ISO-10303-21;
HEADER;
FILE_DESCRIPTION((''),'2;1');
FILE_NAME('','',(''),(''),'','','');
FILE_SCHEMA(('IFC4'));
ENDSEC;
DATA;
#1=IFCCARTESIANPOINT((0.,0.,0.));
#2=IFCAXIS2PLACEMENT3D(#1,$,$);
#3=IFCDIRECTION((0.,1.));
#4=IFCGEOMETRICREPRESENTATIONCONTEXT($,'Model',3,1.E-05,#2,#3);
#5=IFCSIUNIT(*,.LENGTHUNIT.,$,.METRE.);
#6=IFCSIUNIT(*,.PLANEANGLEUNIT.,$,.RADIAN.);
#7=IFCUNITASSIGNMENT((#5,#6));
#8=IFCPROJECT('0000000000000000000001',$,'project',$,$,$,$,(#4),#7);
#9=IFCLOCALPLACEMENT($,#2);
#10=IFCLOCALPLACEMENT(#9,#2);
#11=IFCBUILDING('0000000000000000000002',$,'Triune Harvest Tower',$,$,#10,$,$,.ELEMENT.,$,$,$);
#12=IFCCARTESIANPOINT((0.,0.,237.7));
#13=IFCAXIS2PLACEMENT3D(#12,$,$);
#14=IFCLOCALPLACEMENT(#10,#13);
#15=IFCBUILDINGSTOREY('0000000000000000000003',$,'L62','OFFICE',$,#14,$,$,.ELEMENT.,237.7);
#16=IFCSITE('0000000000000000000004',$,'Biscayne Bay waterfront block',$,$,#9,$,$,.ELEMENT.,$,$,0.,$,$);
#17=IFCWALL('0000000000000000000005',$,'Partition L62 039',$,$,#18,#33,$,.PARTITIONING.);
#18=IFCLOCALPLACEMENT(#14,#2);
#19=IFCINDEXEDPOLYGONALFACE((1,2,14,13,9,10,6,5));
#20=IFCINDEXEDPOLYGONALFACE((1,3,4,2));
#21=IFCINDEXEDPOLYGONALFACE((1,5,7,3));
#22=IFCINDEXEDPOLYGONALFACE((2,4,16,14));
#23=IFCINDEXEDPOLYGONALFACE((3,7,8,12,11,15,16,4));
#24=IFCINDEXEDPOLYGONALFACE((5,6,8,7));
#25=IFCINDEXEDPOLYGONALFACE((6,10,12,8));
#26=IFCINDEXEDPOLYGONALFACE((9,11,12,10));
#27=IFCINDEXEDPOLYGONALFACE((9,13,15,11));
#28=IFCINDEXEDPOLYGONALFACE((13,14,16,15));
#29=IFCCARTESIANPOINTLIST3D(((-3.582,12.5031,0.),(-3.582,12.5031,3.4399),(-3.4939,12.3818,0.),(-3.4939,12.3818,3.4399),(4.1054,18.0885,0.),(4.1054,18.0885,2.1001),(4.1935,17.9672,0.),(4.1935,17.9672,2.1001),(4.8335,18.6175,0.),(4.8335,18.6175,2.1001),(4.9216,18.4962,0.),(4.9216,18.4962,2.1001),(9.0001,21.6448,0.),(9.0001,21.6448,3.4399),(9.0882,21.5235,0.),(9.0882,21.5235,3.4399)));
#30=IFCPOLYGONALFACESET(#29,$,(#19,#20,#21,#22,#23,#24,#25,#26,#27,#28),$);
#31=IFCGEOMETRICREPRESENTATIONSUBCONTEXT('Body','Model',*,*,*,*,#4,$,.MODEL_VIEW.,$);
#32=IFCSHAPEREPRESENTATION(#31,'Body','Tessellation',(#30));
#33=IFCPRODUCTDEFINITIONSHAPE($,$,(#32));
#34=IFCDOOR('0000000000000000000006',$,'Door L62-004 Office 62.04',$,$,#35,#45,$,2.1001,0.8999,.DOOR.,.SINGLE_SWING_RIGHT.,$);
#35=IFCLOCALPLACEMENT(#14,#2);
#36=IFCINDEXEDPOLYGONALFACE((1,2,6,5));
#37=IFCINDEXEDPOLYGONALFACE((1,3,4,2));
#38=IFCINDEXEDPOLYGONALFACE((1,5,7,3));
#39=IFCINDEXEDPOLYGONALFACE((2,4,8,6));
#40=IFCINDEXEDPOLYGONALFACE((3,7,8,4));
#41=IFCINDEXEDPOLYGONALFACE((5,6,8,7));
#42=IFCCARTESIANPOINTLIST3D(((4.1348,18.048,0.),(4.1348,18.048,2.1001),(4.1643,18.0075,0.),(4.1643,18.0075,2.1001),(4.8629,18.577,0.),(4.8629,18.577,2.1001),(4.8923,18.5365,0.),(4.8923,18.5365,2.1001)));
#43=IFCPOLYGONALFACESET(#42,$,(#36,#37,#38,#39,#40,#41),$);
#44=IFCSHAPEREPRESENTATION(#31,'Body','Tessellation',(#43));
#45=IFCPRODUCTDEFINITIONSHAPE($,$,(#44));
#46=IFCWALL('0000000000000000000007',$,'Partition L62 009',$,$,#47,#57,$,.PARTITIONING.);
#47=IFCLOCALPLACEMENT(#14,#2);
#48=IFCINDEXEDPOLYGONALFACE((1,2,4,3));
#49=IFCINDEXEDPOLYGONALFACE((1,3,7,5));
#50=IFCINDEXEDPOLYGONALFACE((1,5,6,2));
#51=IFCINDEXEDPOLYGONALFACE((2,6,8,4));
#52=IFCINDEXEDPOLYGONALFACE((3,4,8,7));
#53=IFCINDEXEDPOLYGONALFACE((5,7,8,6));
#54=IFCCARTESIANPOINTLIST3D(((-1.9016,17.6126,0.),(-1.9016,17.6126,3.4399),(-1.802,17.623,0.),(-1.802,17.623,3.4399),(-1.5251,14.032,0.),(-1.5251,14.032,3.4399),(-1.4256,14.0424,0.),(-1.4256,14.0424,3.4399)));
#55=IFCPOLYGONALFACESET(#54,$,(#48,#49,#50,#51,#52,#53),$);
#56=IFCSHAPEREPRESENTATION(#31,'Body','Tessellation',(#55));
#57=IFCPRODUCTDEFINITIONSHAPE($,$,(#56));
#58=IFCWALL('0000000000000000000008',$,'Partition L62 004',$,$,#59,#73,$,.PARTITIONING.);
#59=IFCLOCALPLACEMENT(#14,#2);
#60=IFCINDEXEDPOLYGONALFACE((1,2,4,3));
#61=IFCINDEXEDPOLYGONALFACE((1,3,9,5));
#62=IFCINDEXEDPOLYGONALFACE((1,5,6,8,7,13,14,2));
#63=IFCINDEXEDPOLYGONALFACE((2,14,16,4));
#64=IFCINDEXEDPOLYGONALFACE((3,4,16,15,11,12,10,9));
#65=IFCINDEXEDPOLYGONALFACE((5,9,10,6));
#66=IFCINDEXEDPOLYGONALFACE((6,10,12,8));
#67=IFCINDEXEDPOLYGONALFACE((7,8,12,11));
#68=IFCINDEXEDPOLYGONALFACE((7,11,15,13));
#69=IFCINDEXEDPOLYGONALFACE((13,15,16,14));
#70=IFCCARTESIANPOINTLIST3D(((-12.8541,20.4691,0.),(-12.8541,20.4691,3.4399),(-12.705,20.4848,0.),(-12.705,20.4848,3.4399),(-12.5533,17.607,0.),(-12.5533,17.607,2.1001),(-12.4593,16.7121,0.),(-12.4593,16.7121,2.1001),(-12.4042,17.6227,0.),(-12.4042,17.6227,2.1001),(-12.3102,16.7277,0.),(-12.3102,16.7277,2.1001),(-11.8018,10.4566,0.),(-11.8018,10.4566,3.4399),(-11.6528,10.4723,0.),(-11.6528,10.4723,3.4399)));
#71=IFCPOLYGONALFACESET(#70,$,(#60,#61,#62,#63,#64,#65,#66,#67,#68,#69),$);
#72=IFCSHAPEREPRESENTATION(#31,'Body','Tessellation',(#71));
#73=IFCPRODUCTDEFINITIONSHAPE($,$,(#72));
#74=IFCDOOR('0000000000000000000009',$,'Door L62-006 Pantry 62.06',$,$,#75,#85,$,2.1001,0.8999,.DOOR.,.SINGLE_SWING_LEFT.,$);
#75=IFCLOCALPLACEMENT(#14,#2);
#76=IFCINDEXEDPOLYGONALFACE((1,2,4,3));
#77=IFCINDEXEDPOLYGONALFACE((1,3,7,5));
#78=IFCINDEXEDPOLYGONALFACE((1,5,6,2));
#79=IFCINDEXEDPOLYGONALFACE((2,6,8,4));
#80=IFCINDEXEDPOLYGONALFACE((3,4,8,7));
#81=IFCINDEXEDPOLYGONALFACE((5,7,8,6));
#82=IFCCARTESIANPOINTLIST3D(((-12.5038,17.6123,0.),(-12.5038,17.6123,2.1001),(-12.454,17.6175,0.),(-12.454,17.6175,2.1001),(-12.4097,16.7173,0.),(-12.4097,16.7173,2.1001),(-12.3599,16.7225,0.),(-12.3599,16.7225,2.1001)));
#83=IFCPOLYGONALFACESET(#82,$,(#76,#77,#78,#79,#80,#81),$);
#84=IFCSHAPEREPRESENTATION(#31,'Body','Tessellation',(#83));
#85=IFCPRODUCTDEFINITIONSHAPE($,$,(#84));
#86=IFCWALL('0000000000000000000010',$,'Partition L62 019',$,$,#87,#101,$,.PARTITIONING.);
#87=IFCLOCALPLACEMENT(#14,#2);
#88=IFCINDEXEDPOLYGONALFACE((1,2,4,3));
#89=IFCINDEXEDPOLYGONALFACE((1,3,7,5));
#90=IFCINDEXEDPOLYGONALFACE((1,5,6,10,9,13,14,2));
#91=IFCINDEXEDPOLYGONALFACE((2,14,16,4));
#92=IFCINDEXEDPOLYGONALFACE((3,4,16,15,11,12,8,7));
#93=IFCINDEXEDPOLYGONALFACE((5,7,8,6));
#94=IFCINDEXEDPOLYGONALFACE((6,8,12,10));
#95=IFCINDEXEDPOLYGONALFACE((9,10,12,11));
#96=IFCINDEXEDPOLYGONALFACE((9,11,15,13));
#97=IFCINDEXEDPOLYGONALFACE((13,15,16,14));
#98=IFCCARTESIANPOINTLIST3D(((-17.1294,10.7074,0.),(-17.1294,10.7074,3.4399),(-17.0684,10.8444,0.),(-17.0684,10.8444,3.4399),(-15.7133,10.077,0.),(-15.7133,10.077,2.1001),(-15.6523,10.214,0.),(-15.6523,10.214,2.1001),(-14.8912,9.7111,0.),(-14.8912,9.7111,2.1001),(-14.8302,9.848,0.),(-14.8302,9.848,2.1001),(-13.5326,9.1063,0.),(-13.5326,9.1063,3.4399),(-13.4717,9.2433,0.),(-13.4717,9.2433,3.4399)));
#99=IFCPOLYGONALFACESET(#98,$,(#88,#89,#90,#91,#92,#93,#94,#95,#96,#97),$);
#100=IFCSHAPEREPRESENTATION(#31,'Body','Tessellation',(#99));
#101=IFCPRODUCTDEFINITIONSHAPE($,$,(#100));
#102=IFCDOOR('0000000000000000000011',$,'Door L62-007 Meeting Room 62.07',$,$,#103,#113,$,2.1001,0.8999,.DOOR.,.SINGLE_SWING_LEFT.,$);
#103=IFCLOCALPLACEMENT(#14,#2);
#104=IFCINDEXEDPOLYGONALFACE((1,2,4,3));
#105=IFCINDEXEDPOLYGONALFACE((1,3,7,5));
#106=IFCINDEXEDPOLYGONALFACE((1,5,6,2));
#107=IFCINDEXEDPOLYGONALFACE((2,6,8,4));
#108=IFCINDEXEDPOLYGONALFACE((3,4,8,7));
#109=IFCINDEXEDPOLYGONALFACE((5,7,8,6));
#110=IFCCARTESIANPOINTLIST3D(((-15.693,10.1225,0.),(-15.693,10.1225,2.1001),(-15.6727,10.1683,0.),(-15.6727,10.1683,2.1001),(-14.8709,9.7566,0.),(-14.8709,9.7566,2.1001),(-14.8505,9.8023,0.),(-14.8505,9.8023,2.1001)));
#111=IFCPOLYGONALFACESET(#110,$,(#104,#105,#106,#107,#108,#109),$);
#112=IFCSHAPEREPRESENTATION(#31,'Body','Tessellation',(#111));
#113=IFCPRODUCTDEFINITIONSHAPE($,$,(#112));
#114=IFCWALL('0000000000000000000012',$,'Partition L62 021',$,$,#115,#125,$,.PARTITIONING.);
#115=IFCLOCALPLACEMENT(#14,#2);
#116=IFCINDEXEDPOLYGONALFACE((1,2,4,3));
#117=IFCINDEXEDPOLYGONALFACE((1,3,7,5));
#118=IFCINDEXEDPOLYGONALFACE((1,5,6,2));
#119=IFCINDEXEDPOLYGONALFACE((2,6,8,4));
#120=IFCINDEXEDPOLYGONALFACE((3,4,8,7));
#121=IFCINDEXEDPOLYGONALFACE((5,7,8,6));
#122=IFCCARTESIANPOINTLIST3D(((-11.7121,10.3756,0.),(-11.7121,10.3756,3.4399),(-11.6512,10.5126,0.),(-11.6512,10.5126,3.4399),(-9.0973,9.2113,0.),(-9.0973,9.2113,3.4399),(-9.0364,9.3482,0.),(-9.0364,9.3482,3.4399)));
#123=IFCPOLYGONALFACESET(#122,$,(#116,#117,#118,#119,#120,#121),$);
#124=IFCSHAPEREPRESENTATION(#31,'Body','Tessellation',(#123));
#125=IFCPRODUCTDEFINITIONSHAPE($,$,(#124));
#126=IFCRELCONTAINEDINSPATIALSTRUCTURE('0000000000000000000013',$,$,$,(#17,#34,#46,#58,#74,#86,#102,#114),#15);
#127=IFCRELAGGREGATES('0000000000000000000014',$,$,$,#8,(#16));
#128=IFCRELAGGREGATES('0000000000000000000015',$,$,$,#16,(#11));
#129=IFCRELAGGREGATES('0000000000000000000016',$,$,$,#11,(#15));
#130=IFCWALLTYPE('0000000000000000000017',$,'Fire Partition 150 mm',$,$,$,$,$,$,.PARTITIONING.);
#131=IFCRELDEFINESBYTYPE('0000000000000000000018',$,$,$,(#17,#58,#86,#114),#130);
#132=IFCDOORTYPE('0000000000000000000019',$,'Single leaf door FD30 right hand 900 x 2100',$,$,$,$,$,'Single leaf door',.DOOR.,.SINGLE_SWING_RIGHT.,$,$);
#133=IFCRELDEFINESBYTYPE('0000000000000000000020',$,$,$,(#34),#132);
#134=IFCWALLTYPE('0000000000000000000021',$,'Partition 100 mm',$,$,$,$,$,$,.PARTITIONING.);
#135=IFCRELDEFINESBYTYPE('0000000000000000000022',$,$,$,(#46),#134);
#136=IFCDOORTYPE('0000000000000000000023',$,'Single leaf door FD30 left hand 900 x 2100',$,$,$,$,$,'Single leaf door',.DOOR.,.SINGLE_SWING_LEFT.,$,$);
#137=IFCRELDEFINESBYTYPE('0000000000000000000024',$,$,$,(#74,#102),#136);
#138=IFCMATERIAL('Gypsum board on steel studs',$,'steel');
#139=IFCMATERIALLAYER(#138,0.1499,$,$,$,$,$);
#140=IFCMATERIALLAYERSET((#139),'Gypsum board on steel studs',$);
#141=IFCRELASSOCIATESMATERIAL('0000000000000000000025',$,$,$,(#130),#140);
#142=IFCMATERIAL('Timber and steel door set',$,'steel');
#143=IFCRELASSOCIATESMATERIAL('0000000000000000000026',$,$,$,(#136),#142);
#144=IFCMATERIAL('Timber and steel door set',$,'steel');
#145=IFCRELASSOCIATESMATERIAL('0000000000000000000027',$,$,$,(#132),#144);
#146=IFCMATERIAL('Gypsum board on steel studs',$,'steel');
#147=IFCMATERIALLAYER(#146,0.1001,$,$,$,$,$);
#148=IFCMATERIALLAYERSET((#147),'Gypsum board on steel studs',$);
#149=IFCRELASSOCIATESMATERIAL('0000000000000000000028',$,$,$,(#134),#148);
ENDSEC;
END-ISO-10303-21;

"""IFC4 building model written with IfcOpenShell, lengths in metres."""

from ifc_helpers import new_model, si_unit, direction, frame, frame_2d, origin, place, context, subcontext, project, spatial, rectangle, extrude, source, transform, mapped, material, layer, layer_set, type_object, element, fill, save


model = new_model("IFC4")

# Units and contexts
model_context = context("Model", 3, precision=1e-05, world=origin(), true_north=direction((0.0, 1.0)))
body_context = subcontext(model_context, "Body", "Model", "MODEL_VIEW")
ifc_project = project(units=[si_unit("LENGTHUNIT", "METRE"), si_unit("PLANEANGLEUNIT", "RADIAN")], contexts=[model_context])

# Site, building, storey
site_placement = place(None, origin())
site = spatial("IfcSite", under=ifc_project, at=site_placement, Name="Biscayne Bay waterfront block", CompositionType="ELEMENT", RefElevation=0.0)
building_placement = place(site_placement, origin())
building = spatial("IfcBuilding", under=site, at=building_placement, Name="Triune Harvest Tower", CompositionType="ELEMENT")
storey_placement = place(building_placement, frame((0.0, 0.0, 237.7)))
storey = spatial("IfcBuildingStorey", under=building, at=storey_placement, Name="L62", Description="OFFICE", CompositionType="ELEMENT", Elevation=237.7)

# Shared definitions
ifc_material_1 = material(Name="Gypsum board on steel studs", Category="steel")
ifc_layer_1 = layer(ifc_material_1, 0.1499)
ifc_layer_set_1 = layer_set([ifc_layer_1], Name="Gypsum board on steel studs")
wall_type_1 = type_object("IfcWallType", Name="Fire Partition 150 mm", PredefinedType="PARTITIONING", material=ifc_layer_set_1)

# Wall, opening, door
ifc_material_2 = material(Name="Timber and steel door set", Category="steel")
door_type_1 = type_object("IfcDoorType", Name="Single leaf door FD30 left hand 900 x 2100", ElementType="Single leaf door", OperationType="SINGLE_SWING_LEFT", PredefinedType="DOOR", material=ifc_material_2)
wall_1_placement = place(storey_placement, frame((-3.5381, 12.4424, 0.0), z_axis=(0.0, 0.0, 1.0), x_axis=(0.80901, 0.587795, 0.0)))
wall_1 = element("IfcWall", 1, at=wall_1_placement, inside=storey, type_object=wall_type_1, Name="Partition L62 039", PredefinedType="PARTITIONING", context=body_context, shape_type="SweptSolid", body=[
    extrude(rectangle(XDim=15.5525, YDim=0.1499, at=frame_2d((7.7764, 0.0))), origin(), (0.0, 0.0, 1.0), 3.4399),
])
opening_1_placement = place(wall_1_placement, frame((9.5024, 0.0, 0.0)))
opening_1 = element("IfcOpeningElement", 2, at=opening_1_placement, cuts=wall_1, PredefinedType="OPENING", context=body_context, shape_type="SweptSolid", body=[
    extrude(rectangle(XDim=0.8999, YDim=2.1001, at=frame_2d((0.45, 1.05))), frame((0.0, 0.085, 0.0), z_axis=(0.0, -1.0, 0.0), x_axis=(1.0, 0.0, 0.0)), (0.0, 0.0, 1.0), 0.1699),
])
ifc_material_3 = material(Name="Timber and steel door set", Category="steel")
door_type_2 = type_object("IfcDoorType", Name="Single leaf door FD30 right hand 900 x 2100", ElementType="Single leaf door", OperationType="SINGLE_SWING_RIGHT", PredefinedType="DOOR", material=ifc_material_3)
door_1_placement = place(opening_1_placement, origin())
door_1 = element("IfcDoor", 3, at=door_1_placement, inside=storey, type_object=door_type_2, Name="Door L62-004 Office 62.04", OperationType="SINGLE_SWING_RIGHT", OverallHeight=2.1001, OverallWidth=0.8999, PredefinedType="DOOR", context=body_context, shape_type="SweptSolid", body=[
    extrude(rectangle(XDim=0.8999, YDim=2.1001, at=frame_2d((0.45, 1.05))), frame((0.0, 0.0249, 0.0), z_axis=(0.0, -1.0, 0.0), x_axis=(1.0, 0.0, 0.0)), (0.0, 0.0, 1.0), 0.05),
])
fill(opening_1, door_1)

# Wall
ifc_material_4 = material(Name="Gypsum board on steel studs", Category="steel")
ifc_layer_2 = layer(ifc_material_4, 0.1001)
ifc_layer_set_2 = layer_set([ifc_layer_2], Name="Gypsum board on steel studs")
wall_type_2 = type_object("IfcWallType", Name="Partition 100 mm", PredefinedType="PARTITIONING", material=ifc_layer_set_2)
wall_2_placement = place(storey_placement, frame((-1.8518, 17.6179, 0.0), z_axis=(0.0, 0.0, 1.0), x_axis=(0.104565, -0.994518, 0.0)))
element("IfcWall", 4, at=wall_2_placement, inside=storey, type_object=wall_type_2, Name="Partition L62 009", PredefinedType="PARTITIONING", context=body_context, shape_type="SweptSolid", body=[
    extrude(rectangle(XDim=3.6003, YDim=0.1001, at=frame_2d((1.8003, 0.0))), origin(), (0.0, 0.0, 1.0), 3.4399),
])

# Walls, openings, doors
shared_shape_1 = source(origin(), body_context, "Body", "SweptSolid", [
    extrude(rectangle(XDim=10.0676, YDim=0.1499, at=frame_2d((5.0337, 0.0))), origin(), (0.0, 0.0, 1.0), 3.4399),
])
wall_3_placement = place(storey_placement, frame((-12.7795, 20.4768, 0.0), z_axis=(0.0, 0.0, 1.0), x_axis=(0.104518, -0.994523, 0.0)))
wall_3 = element("IfcWall", 5, at=wall_3_placement, inside=storey, type_object=wall_type_1, Name="Partition L62 004", PredefinedType="PARTITIONING", context=body_context, shape_type="MappedRepresentation", body=[
    mapped(shared_shape_1, transform((0.0, 0.0, 0.0), scale=1.0)),
])
opening_2_placement = place(wall_3_placement, frame((2.8777, 0.0, 0.0)))
opening_2 = element("IfcOpeningElement", 6, at=opening_2_placement, cuts=wall_3, PredefinedType="OPENING", context=body_context, shape_type="SweptSolid", body=[
    extrude(rectangle(XDim=0.8999, YDim=2.1001, at=frame_2d((0.45, 1.05))), frame((0.0, 0.085, 0.0), z_axis=(0.0, -1.0, 0.0), x_axis=(1.0, 0.0, 0.0)), (0.0, 0.0, 1.0), 0.1699),
])
door_2_placement = place(opening_2_placement, origin())
door_2 = element("IfcDoor", 7, at=door_2_placement, inside=storey, type_object=door_type_1, Name="Door L62-006 Pantry 62.06", OperationType="SINGLE_SWING_LEFT", OverallHeight=2.1001, OverallWidth=0.8999, PredefinedType="DOOR", context=body_context, shape_type="SweptSolid", body=[
    extrude(rectangle(XDim=0.8999, YDim=2.1001, at=frame_2d((0.45, 1.05))), frame((0.0, 0.0249, 0.0), z_axis=(0.0, -1.0, 0.0), x_axis=(1.0, 0.0, 0.0)), (0.0, 0.0, 1.0), 0.05),
])
fill(opening_2, door_2)
shared_shape_2 = source(origin(), body_context, "Body", "SweptSolid", [
    extrude(rectangle(XDim=3.937, YDim=0.1499, at=frame_2d((1.9685, 0.0))), origin(), (0.0, 0.0, 1.0), 3.4399),
])
wall_4_placement = place(storey_placement, frame((-17.0989, 10.7759, 0.0), z_axis=(0.0, 0.0, 1.0), x_axis=(0.913571, -0.406679, 0.0)))
wall_4 = element("IfcWall", 8, at=wall_4_placement, inside=storey, type_object=wall_type_1, Name="Partition L62 019", PredefinedType="PARTITIONING", context=body_context, shape_type="MappedRepresentation", body=[
    mapped(shared_shape_2, transform((0.0, 0.0, 0.0), scale=1.0)),
])
opening_3_placement = place(wall_4_placement, frame((1.55, 0.0, 0.0)))
opening_3 = element("IfcOpeningElement", 9, at=opening_3_placement, cuts=wall_4, PredefinedType="OPENING", context=body_context, shape_type="SweptSolid", body=[
    extrude(rectangle(XDim=0.8999, YDim=2.1001, at=frame_2d((0.45, 1.05))), frame((0.0, 0.085, 0.0), z_axis=(0.0, -1.0, 0.0), x_axis=(1.0, 0.0, 0.0)), (0.0, 0.0, 1.0), 0.1699),
])
door_3_placement = place(opening_3_placement, origin())
door_3 = element("IfcDoor", 10, at=door_3_placement, inside=storey, type_object=door_type_1, Name="Door L62-007 Meeting Room 62.07", OperationType="SINGLE_SWING_LEFT", OverallHeight=2.1001, OverallWidth=0.8999, PredefinedType="DOOR", context=body_context, shape_type="SweptSolid", body=[
    extrude(rectangle(XDim=0.8999, YDim=2.1001, at=frame_2d((0.45, 1.05))), frame((0.0, 0.0249, 0.0), z_axis=(0.0, -1.0, 0.0), x_axis=(1.0, 0.0, 0.0)), (0.0, 0.0, 1.0), 0.05),
])
fill(opening_3, door_3)

# Wall
shared_shape_3 = source(origin(), body_context, "Body", "SweptSolid", [
    extrude(rectangle(XDim=2.8623, YDim=0.1499, at=frame_2d((1.4312, 0.0))), origin(), (0.0, 0.0, 1.0), 3.4399),
])
wall_5_placement = place(storey_placement, frame((-11.6816, 10.4441, 0.0), z_axis=(0.0, 0.0, 1.0), x_axis=(0.913526, -0.406779, 0.0)))
element("IfcWall", 11, at=wall_5_placement, inside=storey, type_object=wall_type_1, Name="Partition L62 021", PredefinedType="PARTITIONING", context=body_context, shape_type="MappedRepresentation", body=[
    mapped(shared_shape_3, transform((0.0, 0.0, 0.0), scale=1.0)),
])

save(model, "model.ifc")
